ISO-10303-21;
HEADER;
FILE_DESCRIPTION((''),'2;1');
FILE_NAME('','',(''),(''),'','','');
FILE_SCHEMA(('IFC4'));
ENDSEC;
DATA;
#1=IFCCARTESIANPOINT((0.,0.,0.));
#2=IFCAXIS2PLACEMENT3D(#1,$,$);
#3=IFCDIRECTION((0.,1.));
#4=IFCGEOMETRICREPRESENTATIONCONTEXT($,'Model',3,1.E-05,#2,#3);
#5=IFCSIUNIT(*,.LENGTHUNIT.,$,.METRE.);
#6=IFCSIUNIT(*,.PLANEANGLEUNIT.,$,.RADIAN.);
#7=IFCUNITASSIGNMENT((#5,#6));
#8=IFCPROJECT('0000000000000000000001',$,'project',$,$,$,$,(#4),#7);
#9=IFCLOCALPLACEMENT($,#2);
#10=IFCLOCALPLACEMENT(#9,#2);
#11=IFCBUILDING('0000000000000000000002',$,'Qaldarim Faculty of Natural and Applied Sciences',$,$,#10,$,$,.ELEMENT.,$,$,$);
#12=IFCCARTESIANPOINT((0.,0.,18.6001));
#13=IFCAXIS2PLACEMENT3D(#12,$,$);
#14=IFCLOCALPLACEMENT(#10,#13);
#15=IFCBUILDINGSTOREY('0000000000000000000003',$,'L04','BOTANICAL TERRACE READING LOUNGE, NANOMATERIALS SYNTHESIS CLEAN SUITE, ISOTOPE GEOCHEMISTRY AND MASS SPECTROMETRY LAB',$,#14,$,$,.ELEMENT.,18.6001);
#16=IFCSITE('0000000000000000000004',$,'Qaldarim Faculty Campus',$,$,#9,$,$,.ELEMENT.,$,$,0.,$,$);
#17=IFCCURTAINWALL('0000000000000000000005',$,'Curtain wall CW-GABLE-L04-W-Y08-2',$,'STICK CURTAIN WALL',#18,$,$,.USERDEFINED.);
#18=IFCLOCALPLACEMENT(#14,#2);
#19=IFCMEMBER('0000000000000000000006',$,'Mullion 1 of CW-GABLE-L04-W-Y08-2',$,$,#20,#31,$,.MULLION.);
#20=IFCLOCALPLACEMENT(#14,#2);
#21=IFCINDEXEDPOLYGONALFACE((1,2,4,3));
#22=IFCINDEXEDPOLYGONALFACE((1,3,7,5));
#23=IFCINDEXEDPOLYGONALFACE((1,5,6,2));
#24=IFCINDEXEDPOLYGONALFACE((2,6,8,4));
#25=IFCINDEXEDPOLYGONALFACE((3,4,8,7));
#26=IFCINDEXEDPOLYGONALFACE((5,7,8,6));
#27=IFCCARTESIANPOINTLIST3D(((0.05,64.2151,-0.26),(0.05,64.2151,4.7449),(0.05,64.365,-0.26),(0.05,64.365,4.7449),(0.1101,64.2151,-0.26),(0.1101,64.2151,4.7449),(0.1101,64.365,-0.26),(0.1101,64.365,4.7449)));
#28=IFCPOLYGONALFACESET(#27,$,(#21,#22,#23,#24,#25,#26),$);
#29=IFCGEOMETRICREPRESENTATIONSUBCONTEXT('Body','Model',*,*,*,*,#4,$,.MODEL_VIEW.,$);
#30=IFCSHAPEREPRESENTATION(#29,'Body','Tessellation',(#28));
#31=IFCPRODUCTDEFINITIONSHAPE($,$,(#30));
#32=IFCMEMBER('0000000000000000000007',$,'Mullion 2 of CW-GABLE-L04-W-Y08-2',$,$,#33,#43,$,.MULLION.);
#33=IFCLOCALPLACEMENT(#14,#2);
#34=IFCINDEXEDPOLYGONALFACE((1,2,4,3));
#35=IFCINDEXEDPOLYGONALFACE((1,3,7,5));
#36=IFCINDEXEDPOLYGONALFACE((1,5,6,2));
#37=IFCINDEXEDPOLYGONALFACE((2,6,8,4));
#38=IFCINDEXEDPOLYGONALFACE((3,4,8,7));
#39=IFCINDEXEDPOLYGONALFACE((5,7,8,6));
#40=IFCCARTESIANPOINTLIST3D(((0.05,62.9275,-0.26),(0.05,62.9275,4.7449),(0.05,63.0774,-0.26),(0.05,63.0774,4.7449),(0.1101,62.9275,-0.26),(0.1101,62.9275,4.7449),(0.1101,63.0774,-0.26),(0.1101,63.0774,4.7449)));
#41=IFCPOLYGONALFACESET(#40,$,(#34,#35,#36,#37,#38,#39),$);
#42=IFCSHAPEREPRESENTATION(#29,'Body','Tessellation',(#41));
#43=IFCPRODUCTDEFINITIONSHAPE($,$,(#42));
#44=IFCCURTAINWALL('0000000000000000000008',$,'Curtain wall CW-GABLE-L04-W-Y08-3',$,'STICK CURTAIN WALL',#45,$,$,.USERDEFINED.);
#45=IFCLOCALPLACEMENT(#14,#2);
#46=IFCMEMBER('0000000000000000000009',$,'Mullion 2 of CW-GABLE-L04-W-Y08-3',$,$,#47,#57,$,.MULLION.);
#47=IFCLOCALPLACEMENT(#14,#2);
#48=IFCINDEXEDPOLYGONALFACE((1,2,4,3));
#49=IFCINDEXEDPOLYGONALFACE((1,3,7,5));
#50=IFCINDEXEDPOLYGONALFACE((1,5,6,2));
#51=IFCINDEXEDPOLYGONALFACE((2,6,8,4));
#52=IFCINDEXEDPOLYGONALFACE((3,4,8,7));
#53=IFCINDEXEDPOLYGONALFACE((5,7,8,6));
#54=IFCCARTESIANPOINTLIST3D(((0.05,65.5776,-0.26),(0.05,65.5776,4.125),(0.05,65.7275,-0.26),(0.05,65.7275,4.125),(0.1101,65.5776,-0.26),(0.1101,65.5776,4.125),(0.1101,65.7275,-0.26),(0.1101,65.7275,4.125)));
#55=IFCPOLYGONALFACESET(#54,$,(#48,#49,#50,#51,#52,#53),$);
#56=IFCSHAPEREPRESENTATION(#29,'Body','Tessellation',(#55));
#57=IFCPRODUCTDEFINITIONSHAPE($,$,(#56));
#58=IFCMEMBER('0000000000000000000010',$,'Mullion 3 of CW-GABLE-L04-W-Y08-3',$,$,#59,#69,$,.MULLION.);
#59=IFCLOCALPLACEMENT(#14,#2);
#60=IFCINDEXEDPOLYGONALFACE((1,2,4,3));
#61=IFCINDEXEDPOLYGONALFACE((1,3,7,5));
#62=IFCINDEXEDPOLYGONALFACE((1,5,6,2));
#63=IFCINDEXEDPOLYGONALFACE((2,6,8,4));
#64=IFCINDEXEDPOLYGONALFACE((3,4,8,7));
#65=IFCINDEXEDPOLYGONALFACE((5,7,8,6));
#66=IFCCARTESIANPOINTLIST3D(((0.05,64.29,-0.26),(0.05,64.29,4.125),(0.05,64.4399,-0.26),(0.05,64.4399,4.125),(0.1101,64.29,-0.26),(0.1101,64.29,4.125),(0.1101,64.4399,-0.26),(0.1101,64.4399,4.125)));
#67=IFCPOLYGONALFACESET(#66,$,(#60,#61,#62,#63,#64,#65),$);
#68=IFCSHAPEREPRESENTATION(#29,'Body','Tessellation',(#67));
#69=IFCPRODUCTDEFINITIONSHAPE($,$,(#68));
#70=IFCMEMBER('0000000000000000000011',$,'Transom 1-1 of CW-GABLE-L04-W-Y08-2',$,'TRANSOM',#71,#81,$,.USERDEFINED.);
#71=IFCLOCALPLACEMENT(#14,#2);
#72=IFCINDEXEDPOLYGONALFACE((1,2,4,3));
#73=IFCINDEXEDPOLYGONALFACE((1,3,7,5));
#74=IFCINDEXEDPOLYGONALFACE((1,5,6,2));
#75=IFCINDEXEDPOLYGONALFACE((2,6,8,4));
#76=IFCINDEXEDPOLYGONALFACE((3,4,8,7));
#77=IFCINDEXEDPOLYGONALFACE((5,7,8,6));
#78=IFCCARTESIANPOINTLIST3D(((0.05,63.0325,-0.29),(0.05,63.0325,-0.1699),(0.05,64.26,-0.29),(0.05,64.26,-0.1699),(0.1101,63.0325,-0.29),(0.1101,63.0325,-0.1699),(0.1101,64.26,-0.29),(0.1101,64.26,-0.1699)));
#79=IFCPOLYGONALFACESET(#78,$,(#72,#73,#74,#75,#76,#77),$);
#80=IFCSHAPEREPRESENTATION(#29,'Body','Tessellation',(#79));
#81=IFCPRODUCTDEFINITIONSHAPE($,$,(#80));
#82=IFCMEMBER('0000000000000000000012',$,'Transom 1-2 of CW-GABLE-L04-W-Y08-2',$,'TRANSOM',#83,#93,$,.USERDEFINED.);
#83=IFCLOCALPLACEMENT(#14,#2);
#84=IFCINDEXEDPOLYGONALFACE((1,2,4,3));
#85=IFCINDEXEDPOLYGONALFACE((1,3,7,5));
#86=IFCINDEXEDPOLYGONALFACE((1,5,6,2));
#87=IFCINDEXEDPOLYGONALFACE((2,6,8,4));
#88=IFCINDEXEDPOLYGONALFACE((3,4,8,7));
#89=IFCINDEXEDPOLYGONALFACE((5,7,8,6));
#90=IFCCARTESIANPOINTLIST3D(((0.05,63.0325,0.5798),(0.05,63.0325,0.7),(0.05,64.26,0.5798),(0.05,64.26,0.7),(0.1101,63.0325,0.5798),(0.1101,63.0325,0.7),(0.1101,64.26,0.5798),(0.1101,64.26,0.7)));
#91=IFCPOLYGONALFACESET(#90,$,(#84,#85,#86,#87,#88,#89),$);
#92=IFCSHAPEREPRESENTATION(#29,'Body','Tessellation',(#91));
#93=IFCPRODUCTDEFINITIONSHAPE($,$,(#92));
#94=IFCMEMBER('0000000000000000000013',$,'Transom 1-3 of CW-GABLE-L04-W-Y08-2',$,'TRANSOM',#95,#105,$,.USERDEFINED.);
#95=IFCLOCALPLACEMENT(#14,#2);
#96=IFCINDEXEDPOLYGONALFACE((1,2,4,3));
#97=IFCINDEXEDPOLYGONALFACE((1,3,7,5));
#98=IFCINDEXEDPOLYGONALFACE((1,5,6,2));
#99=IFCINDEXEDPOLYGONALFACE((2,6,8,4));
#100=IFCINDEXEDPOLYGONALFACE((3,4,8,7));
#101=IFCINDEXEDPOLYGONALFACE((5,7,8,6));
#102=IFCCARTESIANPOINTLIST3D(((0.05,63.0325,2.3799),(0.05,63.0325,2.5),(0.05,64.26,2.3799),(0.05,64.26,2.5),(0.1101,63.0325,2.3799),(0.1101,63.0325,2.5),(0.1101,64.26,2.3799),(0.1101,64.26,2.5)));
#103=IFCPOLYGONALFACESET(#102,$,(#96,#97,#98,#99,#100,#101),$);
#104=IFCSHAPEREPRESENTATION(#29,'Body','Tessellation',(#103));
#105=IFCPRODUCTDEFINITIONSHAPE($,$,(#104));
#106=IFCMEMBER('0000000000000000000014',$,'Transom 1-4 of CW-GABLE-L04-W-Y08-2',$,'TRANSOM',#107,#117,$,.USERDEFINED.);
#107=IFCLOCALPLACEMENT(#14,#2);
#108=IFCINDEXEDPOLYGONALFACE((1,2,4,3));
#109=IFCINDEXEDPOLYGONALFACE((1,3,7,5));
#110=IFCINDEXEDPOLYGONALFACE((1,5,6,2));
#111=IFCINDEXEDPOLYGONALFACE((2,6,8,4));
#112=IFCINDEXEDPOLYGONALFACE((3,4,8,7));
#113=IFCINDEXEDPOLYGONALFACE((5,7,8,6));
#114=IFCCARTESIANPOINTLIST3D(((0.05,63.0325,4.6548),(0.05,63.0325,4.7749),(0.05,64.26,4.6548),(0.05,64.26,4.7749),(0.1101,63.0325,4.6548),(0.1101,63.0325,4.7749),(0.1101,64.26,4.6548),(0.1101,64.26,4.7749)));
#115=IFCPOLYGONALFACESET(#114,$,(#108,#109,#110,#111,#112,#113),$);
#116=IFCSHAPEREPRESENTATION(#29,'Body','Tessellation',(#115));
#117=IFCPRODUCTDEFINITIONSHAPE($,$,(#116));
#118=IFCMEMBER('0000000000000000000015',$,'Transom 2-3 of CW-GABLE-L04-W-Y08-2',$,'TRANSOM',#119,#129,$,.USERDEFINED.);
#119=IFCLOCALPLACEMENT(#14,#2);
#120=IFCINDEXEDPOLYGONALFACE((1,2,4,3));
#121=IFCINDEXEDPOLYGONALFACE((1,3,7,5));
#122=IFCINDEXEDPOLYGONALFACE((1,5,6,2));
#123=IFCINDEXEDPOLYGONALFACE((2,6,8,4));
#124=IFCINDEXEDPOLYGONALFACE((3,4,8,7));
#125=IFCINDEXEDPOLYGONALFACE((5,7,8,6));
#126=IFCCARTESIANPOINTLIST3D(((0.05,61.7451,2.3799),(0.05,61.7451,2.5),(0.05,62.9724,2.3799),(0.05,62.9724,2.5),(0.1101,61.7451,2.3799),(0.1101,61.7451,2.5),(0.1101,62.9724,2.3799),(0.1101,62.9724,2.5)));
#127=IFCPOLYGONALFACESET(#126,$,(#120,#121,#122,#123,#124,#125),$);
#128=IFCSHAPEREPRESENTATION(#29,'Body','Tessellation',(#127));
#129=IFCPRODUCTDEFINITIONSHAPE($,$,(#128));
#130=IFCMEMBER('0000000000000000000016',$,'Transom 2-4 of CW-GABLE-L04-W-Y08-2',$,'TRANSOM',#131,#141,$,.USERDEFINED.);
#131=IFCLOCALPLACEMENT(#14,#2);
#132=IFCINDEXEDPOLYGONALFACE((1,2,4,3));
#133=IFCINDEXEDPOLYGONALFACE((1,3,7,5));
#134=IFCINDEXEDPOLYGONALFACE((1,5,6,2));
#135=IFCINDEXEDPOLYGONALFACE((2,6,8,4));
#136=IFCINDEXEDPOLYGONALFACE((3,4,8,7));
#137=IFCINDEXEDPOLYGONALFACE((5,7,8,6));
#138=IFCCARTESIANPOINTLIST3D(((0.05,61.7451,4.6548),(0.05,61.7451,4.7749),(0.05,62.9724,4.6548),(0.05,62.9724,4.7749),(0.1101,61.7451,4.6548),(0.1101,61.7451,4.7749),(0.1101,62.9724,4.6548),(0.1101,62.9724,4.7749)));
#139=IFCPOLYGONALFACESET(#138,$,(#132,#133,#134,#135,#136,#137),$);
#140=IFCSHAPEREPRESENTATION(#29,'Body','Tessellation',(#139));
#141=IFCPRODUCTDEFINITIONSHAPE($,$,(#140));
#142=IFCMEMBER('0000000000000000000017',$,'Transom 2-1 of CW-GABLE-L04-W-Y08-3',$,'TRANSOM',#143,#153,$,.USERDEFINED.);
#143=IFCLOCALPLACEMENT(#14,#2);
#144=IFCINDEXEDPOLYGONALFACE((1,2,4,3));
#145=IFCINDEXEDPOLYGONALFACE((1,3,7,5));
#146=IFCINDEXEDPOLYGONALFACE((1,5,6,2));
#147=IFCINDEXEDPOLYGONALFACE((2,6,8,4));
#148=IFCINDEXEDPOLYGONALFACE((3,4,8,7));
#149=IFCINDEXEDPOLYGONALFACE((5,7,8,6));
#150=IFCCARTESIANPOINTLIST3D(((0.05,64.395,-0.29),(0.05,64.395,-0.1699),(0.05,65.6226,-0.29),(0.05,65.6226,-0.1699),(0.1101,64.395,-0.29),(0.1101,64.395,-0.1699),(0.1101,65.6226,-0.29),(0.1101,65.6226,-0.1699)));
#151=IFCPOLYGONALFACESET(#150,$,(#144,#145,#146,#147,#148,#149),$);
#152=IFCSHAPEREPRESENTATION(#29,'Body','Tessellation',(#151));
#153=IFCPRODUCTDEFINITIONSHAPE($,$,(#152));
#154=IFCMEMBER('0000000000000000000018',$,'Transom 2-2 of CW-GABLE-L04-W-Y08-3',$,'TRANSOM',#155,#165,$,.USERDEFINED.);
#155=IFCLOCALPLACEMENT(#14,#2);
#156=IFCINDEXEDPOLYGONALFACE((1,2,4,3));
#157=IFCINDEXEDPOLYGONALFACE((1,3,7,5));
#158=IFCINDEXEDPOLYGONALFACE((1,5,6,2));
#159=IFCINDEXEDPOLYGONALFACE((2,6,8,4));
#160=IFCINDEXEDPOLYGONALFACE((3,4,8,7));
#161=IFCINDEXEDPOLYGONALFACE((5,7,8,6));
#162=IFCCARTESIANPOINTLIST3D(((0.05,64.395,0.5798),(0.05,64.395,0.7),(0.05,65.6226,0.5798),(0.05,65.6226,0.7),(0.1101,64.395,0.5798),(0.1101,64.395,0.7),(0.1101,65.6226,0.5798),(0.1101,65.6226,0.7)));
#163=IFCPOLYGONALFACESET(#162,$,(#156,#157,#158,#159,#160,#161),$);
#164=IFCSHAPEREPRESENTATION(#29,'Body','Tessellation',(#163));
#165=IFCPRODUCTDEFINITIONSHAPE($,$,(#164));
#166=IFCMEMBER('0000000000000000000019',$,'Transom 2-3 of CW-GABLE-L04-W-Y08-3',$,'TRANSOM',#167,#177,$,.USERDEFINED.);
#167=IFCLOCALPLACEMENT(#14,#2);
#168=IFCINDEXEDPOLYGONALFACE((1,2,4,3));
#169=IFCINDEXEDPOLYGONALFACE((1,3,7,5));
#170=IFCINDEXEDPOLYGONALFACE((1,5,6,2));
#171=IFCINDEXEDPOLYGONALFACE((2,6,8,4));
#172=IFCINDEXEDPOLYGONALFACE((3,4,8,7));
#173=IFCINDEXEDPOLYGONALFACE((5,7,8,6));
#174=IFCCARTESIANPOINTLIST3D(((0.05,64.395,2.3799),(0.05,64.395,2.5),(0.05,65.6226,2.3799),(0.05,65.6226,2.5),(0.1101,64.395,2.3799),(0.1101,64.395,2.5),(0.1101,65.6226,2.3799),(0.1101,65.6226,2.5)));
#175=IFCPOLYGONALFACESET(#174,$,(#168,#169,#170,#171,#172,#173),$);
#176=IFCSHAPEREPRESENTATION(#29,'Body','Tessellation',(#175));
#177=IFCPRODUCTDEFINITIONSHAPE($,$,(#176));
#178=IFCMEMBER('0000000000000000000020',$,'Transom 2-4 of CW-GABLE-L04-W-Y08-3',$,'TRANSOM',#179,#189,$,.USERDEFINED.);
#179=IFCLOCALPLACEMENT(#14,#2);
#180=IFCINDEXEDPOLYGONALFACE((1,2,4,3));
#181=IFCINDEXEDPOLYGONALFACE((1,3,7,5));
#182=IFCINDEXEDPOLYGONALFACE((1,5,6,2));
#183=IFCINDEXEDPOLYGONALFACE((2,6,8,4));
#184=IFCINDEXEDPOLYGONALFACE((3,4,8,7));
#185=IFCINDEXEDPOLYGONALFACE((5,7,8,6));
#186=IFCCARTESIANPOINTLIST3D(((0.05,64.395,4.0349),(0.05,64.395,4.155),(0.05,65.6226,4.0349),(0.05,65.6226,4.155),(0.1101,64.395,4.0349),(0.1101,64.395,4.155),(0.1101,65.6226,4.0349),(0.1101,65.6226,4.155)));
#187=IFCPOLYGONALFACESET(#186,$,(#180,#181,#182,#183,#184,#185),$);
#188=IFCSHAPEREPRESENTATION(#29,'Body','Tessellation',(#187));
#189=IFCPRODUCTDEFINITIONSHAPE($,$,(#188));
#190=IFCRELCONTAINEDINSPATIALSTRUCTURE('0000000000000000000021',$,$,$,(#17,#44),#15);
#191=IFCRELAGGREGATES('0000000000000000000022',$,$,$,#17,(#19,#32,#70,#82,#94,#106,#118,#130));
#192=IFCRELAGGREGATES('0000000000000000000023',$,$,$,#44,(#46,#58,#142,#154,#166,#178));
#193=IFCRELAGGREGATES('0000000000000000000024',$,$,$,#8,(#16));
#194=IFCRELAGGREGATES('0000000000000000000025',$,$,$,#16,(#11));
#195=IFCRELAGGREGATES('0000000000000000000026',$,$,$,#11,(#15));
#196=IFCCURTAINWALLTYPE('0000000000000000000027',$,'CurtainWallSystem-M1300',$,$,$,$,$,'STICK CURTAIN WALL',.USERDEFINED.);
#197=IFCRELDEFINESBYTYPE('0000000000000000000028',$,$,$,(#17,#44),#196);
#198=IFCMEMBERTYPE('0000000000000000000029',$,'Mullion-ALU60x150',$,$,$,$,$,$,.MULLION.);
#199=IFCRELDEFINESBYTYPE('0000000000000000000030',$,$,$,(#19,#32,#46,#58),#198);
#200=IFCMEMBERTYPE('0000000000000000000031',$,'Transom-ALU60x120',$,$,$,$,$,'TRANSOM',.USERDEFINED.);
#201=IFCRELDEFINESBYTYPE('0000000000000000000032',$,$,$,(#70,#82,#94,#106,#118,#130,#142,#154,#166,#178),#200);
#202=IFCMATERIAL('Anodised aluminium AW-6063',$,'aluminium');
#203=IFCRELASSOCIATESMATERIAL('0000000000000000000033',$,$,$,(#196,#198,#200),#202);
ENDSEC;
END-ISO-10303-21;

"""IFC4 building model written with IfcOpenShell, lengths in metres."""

from ifc_helpers import new_model, si_unit, direction, frame, origin, origin_2d, place, context, subcontext, project, spatial, rectangle, extrude, material, material_profile, profile_set, type_object, element, aggregate, save


model = new_model("IFC4")

# Units and contexts
model_context = context("Model", 3, precision=1e-05, world=origin(), true_north=direction((0.0, 1.0)))
body_context = subcontext(model_context, "Body", "Model", "MODEL_VIEW")
ifc_project = project(units=[si_unit("LENGTHUNIT", "METRE"), si_unit("PLANEANGLEUNIT", "RADIAN")], contexts=[model_context])

# Site, building, storey
site_placement = place(None, origin())
site = spatial("IfcSite", under=ifc_project, at=site_placement, Name="Qaldarim Faculty Campus", CompositionType="ELEMENT", RefElevation=0.0)
building_placement = place(site_placement, origin())
building = spatial("IfcBuilding", under=site, at=building_placement, Name="Qaldarim Faculty of Natural and Applied Sciences", CompositionType="ELEMENT")
storey_placement = place(building_placement, frame((0.0, 0.0, 18.6001)))
storey = spatial("IfcBuildingStorey", under=building, at=storey_placement, Name="L04", Description="BOTANICAL TERRACE READING LOUNGE, NANOMATERIALS SYNTHESIS CLEAN SUITE, ISOTOPE GEOCHEMISTRY AND MASS SPECTROMETRY LAB", CompositionType="ELEMENT", Elevation=18.6001)

# Curtain walls, members
ifc_material_1 = material(Name="Anodised aluminium AW-6063", Category="aluminium")
curtain_wall_type = type_object("IfcCurtainWallType", Name="CurtainWallSystem-M1300", ElementType="STICK CURTAIN WALL", PredefinedType="USERDEFINED", material=ifc_material_1)
curtain_wall_1_placement = place(storey_placement, origin())
curtain_wall_1 = element("IfcCurtainWall", 1, at=curtain_wall_1_placement, inside=storey, type_object=curtain_wall_type, Name="Curtain wall CW-GABLE-L04-W-Y08-2", ObjectType="STICK CURTAIN WALL", PredefinedType="USERDEFINED")
ifc_material_profile_1 = material_profile(ifc_material_1, rectangle(XDim=0.0601, YDim=0.1499, at=origin_2d()), Name="ALU-M60x150")
ifc_profile_set_1 = profile_set([ifc_material_profile_1], Name="Anodised aluminium AW-6063")
member_type_1 = type_object("IfcMemberType", Name="Mullion-ALU60x150", PredefinedType="MULLION", material=ifc_profile_set_1)
member_1_placement = place(storey_placement, frame((0.0801, 64.29, -0.26), z_axis=(0.0, 0.0, 1.0), x_axis=(1.0, 0.0, 0.0)))
member_1 = element("IfcMember", 2, at=member_1_placement, type_object=member_type_1, Name="Mullion 1 of CW-GABLE-L04-W-Y08-2", PredefinedType="MULLION", context=body_context, shape_type="SweptSolid", body=[
    extrude(rectangle(XDim=0.0601, YDim=0.1499, at=origin_2d()), origin(), (0.0, 0.0, 1.0), 5.0049),
])
member_2_placement = place(storey_placement, frame((0.0801, 63.0024, -0.26), z_axis=(0.0, 0.0, 1.0), x_axis=(1.0, 0.0, 0.0)))
member_2 = element("IfcMember", 3, at=member_2_placement, type_object=member_type_1, Name="Mullion 2 of CW-GABLE-L04-W-Y08-2", PredefinedType="MULLION", context=body_context, shape_type="SweptSolid", body=[
    extrude(rectangle(XDim=0.0601, YDim=0.1499, at=origin_2d()), origin(), (0.0, 0.0, 1.0), 5.0049),
])
curtain_wall_2_placement = place(storey_placement, origin())
curtain_wall_2 = element("IfcCurtainWall", 4, at=curtain_wall_2_placement, inside=storey, type_object=curtain_wall_type, Name="Curtain wall CW-GABLE-L04-W-Y08-3", ObjectType="STICK CURTAIN WALL", PredefinedType="USERDEFINED")
member_3_placement = place(storey_placement, frame((0.0801, 65.6526, -0.26), z_axis=(0.0, 0.0, 1.0), x_axis=(1.0, 0.0, 0.0)))
member_3 = element("IfcMember", 5, at=member_3_placement, type_object=member_type_1, Name="Mullion 2 of CW-GABLE-L04-W-Y08-3", PredefinedType="MULLION", context=body_context, shape_type="SweptSolid", body=[
    extrude(rectangle(XDim=0.0601, YDim=0.1499, at=origin_2d()), origin(), (0.0, 0.0, 1.0), 4.385),
])
member_4_placement = place(storey_placement, frame((0.0801, 64.365, -0.26), z_axis=(0.0, 0.0, 1.0), x_axis=(1.0, 0.0, 0.0)))
member_4 = element("IfcMember", 6, at=member_4_placement, type_object=member_type_1, Name="Mullion 3 of CW-GABLE-L04-W-Y08-3", PredefinedType="MULLION", context=body_context, shape_type="SweptSolid", body=[
    extrude(rectangle(XDim=0.0601, YDim=0.1499, at=origin_2d()), origin(), (0.0, 0.0, 1.0), 4.385),
])

# Members
ifc_material_profile_2 = material_profile(ifc_material_1, rectangle(XDim=0.0601, YDim=0.1201, at=origin_2d()), Name="ALU-T60x120")
ifc_profile_set_2 = profile_set([ifc_material_profile_2], Name="Anodised aluminium AW-6063")
member_type_2 = type_object("IfcMemberType", Name="Transom-ALU60x120", ElementType="TRANSOM", PredefinedType="USERDEFINED", material=ifc_profile_set_2)
member_5_placement = place(storey_placement, frame((0.0801, 64.26, -0.23), z_axis=(0.0, -1.0, 0.0), x_axis=(1.0, 0.0, 0.0)))
member_5 = element("IfcMember", 7, at=member_5_placement, type_object=member_type_2, Name="Transom 1-1 of CW-GABLE-L04-W-Y08-2", ObjectType="TRANSOM", PredefinedType="USERDEFINED", context=body_context, shape_type="SweptSolid", body=[
    extrude(rectangle(XDim=0.0601, YDim=0.1201, at=origin_2d()), origin(), (0.0, 0.0, 1.0), 1.2275),
])
member_6_placement = place(storey_placement, frame((0.0801, 64.26, 0.6399), z_axis=(0.0, -1.0, 0.0), x_axis=(1.0, 0.0, 0.0)))
member_6 = element("IfcMember", 8, at=member_6_placement, type_object=member_type_2, Name="Transom 1-2 of CW-GABLE-L04-W-Y08-2", ObjectType="TRANSOM", PredefinedType="USERDEFINED", context=body_context, shape_type="SweptSolid", body=[
    extrude(rectangle(XDim=0.0601, YDim=0.1201, at=origin_2d()), origin(), (0.0, 0.0, 1.0), 1.2275),
])
member_7_placement = place(storey_placement, frame((0.0801, 64.26, 2.4399), z_axis=(0.0, -1.0, 0.0), x_axis=(1.0, 0.0, 0.0)))
member_7 = element("IfcMember", 9, at=member_7_placement, type_object=member_type_2, Name="Transom 1-3 of CW-GABLE-L04-W-Y08-2", ObjectType="TRANSOM", PredefinedType="USERDEFINED", context=body_context, shape_type="SweptSolid", body=[
    extrude(rectangle(XDim=0.0601, YDim=0.1201, at=origin_2d()), origin(), (0.0, 0.0, 1.0), 1.2275),
])
member_8_placement = place(storey_placement, frame((0.0801, 64.26, 4.7148), z_axis=(0.0, -1.0, 0.0), x_axis=(1.0, 0.0, 0.0)))
member_8 = element("IfcMember", 10, at=member_8_placement, type_object=member_type_2, Name="Transom 1-4 of CW-GABLE-L04-W-Y08-2", ObjectType="TRANSOM", PredefinedType="USERDEFINED", context=body_context, shape_type="SweptSolid", body=[
    extrude(rectangle(XDim=0.0601, YDim=0.1201, at=origin_2d()), origin(), (0.0, 0.0, 1.0), 1.2275),
])
member_9_placement = place(storey_placement, frame((0.0801, 62.9724, 2.4399), z_axis=(0.0, -1.0, 0.0), x_axis=(1.0, 0.0, 0.0)))
member_9 = element("IfcMember", 11, at=member_9_placement, type_object=member_type_2, Name="Transom 2-3 of CW-GABLE-L04-W-Y08-2", ObjectType="TRANSOM", PredefinedType="USERDEFINED", context=body_context, shape_type="SweptSolid", body=[
    extrude(rectangle(XDim=0.0601, YDim=0.1201, at=origin_2d()), origin(), (0.0, 0.0, 1.0), 1.2273),
])
member_10_placement = place(storey_placement, frame((0.0801, 62.9724, 4.7148), z_axis=(0.0, -1.0, 0.0), x_axis=(1.0, 0.0, 0.0)))
member_10 = element("IfcMember", 12, at=member_10_placement, type_object=member_type_2, Name="Transom 2-4 of CW-GABLE-L04-W-Y08-2", ObjectType="TRANSOM", PredefinedType="USERDEFINED", context=body_context, shape_type="SweptSolid", body=[
    extrude(rectangle(XDim=0.0601, YDim=0.1201, at=origin_2d()), origin(), (0.0, 0.0, 1.0), 1.2273),
])
member_11_placement = place(storey_placement, frame((0.0801, 65.6226, -0.23), z_axis=(0.0, -1.0, 0.0), x_axis=(1.0, 0.0, 0.0)))
member_11 = element("IfcMember", 13, at=member_11_placement, type_object=member_type_2, Name="Transom 2-1 of CW-GABLE-L04-W-Y08-3", ObjectType="TRANSOM", PredefinedType="USERDEFINED", context=body_context, shape_type="SweptSolid", body=[
    extrude(rectangle(XDim=0.0601, YDim=0.1201, at=origin_2d()), origin(), (0.0, 0.0, 1.0), 1.2275),
])
member_12_placement = place(storey_placement, frame((0.0801, 65.6226, 0.6399), z_axis=(0.0, -1.0, 0.0), x_axis=(1.0, 0.0, 0.0)))
member_12 = element("IfcMember", 14, at=member_12_placement, type_object=member_type_2, Name="Transom 2-2 of CW-GABLE-L04-W-Y08-3", ObjectType="TRANSOM", PredefinedType="USERDEFINED", context=body_context, shape_type="SweptSolid", body=[
    extrude(rectangle(XDim=0.0601, YDim=0.1201, at=origin_2d()), origin(), (0.0, 0.0, 1.0), 1.2275),
])
member_13_placement = place(storey_placement, frame((0.0801, 65.6226, 2.4399), z_axis=(0.0, -1.0, 0.0), x_axis=(1.0, 0.0, 0.0)))
member_13 = element("IfcMember", 15, at=member_13_placement, type_object=member_type_2, Name="Transom 2-3 of CW-GABLE-L04-W-Y08-3", ObjectType="TRANSOM", PredefinedType="USERDEFINED", context=body_context, shape_type="SweptSolid", body=[
    extrude(rectangle(XDim=0.0601, YDim=0.1201, at=origin_2d()), origin(), (0.0, 0.0, 1.0), 1.2275),
])
member_14_placement = place(storey_placement, frame((0.0801, 65.6226, 4.095), z_axis=(0.0, -1.0, 0.0), x_axis=(1.0, 0.0, 0.0)))
member_14 = element("IfcMember", 16, at=member_14_placement, type_object=member_type_2, Name="Transom 2-4 of CW-GABLE-L04-W-Y08-3", ObjectType="TRANSOM", PredefinedType="USERDEFINED", context=body_context, shape_type="SweptSolid", body=[
    extrude(rectangle(XDim=0.0601, YDim=0.1201, at=origin_2d()), origin(), (0.0, 0.0, 1.0), 1.2275),
])

aggregate(curtain_wall_1, [member_1, member_2, member_5, member_6, member_7, member_8, member_9, member_10])
aggregate(curtain_wall_2, [member_3, member_4, member_11, member_12, member_13, member_14])

save(model, "model.ifc")
